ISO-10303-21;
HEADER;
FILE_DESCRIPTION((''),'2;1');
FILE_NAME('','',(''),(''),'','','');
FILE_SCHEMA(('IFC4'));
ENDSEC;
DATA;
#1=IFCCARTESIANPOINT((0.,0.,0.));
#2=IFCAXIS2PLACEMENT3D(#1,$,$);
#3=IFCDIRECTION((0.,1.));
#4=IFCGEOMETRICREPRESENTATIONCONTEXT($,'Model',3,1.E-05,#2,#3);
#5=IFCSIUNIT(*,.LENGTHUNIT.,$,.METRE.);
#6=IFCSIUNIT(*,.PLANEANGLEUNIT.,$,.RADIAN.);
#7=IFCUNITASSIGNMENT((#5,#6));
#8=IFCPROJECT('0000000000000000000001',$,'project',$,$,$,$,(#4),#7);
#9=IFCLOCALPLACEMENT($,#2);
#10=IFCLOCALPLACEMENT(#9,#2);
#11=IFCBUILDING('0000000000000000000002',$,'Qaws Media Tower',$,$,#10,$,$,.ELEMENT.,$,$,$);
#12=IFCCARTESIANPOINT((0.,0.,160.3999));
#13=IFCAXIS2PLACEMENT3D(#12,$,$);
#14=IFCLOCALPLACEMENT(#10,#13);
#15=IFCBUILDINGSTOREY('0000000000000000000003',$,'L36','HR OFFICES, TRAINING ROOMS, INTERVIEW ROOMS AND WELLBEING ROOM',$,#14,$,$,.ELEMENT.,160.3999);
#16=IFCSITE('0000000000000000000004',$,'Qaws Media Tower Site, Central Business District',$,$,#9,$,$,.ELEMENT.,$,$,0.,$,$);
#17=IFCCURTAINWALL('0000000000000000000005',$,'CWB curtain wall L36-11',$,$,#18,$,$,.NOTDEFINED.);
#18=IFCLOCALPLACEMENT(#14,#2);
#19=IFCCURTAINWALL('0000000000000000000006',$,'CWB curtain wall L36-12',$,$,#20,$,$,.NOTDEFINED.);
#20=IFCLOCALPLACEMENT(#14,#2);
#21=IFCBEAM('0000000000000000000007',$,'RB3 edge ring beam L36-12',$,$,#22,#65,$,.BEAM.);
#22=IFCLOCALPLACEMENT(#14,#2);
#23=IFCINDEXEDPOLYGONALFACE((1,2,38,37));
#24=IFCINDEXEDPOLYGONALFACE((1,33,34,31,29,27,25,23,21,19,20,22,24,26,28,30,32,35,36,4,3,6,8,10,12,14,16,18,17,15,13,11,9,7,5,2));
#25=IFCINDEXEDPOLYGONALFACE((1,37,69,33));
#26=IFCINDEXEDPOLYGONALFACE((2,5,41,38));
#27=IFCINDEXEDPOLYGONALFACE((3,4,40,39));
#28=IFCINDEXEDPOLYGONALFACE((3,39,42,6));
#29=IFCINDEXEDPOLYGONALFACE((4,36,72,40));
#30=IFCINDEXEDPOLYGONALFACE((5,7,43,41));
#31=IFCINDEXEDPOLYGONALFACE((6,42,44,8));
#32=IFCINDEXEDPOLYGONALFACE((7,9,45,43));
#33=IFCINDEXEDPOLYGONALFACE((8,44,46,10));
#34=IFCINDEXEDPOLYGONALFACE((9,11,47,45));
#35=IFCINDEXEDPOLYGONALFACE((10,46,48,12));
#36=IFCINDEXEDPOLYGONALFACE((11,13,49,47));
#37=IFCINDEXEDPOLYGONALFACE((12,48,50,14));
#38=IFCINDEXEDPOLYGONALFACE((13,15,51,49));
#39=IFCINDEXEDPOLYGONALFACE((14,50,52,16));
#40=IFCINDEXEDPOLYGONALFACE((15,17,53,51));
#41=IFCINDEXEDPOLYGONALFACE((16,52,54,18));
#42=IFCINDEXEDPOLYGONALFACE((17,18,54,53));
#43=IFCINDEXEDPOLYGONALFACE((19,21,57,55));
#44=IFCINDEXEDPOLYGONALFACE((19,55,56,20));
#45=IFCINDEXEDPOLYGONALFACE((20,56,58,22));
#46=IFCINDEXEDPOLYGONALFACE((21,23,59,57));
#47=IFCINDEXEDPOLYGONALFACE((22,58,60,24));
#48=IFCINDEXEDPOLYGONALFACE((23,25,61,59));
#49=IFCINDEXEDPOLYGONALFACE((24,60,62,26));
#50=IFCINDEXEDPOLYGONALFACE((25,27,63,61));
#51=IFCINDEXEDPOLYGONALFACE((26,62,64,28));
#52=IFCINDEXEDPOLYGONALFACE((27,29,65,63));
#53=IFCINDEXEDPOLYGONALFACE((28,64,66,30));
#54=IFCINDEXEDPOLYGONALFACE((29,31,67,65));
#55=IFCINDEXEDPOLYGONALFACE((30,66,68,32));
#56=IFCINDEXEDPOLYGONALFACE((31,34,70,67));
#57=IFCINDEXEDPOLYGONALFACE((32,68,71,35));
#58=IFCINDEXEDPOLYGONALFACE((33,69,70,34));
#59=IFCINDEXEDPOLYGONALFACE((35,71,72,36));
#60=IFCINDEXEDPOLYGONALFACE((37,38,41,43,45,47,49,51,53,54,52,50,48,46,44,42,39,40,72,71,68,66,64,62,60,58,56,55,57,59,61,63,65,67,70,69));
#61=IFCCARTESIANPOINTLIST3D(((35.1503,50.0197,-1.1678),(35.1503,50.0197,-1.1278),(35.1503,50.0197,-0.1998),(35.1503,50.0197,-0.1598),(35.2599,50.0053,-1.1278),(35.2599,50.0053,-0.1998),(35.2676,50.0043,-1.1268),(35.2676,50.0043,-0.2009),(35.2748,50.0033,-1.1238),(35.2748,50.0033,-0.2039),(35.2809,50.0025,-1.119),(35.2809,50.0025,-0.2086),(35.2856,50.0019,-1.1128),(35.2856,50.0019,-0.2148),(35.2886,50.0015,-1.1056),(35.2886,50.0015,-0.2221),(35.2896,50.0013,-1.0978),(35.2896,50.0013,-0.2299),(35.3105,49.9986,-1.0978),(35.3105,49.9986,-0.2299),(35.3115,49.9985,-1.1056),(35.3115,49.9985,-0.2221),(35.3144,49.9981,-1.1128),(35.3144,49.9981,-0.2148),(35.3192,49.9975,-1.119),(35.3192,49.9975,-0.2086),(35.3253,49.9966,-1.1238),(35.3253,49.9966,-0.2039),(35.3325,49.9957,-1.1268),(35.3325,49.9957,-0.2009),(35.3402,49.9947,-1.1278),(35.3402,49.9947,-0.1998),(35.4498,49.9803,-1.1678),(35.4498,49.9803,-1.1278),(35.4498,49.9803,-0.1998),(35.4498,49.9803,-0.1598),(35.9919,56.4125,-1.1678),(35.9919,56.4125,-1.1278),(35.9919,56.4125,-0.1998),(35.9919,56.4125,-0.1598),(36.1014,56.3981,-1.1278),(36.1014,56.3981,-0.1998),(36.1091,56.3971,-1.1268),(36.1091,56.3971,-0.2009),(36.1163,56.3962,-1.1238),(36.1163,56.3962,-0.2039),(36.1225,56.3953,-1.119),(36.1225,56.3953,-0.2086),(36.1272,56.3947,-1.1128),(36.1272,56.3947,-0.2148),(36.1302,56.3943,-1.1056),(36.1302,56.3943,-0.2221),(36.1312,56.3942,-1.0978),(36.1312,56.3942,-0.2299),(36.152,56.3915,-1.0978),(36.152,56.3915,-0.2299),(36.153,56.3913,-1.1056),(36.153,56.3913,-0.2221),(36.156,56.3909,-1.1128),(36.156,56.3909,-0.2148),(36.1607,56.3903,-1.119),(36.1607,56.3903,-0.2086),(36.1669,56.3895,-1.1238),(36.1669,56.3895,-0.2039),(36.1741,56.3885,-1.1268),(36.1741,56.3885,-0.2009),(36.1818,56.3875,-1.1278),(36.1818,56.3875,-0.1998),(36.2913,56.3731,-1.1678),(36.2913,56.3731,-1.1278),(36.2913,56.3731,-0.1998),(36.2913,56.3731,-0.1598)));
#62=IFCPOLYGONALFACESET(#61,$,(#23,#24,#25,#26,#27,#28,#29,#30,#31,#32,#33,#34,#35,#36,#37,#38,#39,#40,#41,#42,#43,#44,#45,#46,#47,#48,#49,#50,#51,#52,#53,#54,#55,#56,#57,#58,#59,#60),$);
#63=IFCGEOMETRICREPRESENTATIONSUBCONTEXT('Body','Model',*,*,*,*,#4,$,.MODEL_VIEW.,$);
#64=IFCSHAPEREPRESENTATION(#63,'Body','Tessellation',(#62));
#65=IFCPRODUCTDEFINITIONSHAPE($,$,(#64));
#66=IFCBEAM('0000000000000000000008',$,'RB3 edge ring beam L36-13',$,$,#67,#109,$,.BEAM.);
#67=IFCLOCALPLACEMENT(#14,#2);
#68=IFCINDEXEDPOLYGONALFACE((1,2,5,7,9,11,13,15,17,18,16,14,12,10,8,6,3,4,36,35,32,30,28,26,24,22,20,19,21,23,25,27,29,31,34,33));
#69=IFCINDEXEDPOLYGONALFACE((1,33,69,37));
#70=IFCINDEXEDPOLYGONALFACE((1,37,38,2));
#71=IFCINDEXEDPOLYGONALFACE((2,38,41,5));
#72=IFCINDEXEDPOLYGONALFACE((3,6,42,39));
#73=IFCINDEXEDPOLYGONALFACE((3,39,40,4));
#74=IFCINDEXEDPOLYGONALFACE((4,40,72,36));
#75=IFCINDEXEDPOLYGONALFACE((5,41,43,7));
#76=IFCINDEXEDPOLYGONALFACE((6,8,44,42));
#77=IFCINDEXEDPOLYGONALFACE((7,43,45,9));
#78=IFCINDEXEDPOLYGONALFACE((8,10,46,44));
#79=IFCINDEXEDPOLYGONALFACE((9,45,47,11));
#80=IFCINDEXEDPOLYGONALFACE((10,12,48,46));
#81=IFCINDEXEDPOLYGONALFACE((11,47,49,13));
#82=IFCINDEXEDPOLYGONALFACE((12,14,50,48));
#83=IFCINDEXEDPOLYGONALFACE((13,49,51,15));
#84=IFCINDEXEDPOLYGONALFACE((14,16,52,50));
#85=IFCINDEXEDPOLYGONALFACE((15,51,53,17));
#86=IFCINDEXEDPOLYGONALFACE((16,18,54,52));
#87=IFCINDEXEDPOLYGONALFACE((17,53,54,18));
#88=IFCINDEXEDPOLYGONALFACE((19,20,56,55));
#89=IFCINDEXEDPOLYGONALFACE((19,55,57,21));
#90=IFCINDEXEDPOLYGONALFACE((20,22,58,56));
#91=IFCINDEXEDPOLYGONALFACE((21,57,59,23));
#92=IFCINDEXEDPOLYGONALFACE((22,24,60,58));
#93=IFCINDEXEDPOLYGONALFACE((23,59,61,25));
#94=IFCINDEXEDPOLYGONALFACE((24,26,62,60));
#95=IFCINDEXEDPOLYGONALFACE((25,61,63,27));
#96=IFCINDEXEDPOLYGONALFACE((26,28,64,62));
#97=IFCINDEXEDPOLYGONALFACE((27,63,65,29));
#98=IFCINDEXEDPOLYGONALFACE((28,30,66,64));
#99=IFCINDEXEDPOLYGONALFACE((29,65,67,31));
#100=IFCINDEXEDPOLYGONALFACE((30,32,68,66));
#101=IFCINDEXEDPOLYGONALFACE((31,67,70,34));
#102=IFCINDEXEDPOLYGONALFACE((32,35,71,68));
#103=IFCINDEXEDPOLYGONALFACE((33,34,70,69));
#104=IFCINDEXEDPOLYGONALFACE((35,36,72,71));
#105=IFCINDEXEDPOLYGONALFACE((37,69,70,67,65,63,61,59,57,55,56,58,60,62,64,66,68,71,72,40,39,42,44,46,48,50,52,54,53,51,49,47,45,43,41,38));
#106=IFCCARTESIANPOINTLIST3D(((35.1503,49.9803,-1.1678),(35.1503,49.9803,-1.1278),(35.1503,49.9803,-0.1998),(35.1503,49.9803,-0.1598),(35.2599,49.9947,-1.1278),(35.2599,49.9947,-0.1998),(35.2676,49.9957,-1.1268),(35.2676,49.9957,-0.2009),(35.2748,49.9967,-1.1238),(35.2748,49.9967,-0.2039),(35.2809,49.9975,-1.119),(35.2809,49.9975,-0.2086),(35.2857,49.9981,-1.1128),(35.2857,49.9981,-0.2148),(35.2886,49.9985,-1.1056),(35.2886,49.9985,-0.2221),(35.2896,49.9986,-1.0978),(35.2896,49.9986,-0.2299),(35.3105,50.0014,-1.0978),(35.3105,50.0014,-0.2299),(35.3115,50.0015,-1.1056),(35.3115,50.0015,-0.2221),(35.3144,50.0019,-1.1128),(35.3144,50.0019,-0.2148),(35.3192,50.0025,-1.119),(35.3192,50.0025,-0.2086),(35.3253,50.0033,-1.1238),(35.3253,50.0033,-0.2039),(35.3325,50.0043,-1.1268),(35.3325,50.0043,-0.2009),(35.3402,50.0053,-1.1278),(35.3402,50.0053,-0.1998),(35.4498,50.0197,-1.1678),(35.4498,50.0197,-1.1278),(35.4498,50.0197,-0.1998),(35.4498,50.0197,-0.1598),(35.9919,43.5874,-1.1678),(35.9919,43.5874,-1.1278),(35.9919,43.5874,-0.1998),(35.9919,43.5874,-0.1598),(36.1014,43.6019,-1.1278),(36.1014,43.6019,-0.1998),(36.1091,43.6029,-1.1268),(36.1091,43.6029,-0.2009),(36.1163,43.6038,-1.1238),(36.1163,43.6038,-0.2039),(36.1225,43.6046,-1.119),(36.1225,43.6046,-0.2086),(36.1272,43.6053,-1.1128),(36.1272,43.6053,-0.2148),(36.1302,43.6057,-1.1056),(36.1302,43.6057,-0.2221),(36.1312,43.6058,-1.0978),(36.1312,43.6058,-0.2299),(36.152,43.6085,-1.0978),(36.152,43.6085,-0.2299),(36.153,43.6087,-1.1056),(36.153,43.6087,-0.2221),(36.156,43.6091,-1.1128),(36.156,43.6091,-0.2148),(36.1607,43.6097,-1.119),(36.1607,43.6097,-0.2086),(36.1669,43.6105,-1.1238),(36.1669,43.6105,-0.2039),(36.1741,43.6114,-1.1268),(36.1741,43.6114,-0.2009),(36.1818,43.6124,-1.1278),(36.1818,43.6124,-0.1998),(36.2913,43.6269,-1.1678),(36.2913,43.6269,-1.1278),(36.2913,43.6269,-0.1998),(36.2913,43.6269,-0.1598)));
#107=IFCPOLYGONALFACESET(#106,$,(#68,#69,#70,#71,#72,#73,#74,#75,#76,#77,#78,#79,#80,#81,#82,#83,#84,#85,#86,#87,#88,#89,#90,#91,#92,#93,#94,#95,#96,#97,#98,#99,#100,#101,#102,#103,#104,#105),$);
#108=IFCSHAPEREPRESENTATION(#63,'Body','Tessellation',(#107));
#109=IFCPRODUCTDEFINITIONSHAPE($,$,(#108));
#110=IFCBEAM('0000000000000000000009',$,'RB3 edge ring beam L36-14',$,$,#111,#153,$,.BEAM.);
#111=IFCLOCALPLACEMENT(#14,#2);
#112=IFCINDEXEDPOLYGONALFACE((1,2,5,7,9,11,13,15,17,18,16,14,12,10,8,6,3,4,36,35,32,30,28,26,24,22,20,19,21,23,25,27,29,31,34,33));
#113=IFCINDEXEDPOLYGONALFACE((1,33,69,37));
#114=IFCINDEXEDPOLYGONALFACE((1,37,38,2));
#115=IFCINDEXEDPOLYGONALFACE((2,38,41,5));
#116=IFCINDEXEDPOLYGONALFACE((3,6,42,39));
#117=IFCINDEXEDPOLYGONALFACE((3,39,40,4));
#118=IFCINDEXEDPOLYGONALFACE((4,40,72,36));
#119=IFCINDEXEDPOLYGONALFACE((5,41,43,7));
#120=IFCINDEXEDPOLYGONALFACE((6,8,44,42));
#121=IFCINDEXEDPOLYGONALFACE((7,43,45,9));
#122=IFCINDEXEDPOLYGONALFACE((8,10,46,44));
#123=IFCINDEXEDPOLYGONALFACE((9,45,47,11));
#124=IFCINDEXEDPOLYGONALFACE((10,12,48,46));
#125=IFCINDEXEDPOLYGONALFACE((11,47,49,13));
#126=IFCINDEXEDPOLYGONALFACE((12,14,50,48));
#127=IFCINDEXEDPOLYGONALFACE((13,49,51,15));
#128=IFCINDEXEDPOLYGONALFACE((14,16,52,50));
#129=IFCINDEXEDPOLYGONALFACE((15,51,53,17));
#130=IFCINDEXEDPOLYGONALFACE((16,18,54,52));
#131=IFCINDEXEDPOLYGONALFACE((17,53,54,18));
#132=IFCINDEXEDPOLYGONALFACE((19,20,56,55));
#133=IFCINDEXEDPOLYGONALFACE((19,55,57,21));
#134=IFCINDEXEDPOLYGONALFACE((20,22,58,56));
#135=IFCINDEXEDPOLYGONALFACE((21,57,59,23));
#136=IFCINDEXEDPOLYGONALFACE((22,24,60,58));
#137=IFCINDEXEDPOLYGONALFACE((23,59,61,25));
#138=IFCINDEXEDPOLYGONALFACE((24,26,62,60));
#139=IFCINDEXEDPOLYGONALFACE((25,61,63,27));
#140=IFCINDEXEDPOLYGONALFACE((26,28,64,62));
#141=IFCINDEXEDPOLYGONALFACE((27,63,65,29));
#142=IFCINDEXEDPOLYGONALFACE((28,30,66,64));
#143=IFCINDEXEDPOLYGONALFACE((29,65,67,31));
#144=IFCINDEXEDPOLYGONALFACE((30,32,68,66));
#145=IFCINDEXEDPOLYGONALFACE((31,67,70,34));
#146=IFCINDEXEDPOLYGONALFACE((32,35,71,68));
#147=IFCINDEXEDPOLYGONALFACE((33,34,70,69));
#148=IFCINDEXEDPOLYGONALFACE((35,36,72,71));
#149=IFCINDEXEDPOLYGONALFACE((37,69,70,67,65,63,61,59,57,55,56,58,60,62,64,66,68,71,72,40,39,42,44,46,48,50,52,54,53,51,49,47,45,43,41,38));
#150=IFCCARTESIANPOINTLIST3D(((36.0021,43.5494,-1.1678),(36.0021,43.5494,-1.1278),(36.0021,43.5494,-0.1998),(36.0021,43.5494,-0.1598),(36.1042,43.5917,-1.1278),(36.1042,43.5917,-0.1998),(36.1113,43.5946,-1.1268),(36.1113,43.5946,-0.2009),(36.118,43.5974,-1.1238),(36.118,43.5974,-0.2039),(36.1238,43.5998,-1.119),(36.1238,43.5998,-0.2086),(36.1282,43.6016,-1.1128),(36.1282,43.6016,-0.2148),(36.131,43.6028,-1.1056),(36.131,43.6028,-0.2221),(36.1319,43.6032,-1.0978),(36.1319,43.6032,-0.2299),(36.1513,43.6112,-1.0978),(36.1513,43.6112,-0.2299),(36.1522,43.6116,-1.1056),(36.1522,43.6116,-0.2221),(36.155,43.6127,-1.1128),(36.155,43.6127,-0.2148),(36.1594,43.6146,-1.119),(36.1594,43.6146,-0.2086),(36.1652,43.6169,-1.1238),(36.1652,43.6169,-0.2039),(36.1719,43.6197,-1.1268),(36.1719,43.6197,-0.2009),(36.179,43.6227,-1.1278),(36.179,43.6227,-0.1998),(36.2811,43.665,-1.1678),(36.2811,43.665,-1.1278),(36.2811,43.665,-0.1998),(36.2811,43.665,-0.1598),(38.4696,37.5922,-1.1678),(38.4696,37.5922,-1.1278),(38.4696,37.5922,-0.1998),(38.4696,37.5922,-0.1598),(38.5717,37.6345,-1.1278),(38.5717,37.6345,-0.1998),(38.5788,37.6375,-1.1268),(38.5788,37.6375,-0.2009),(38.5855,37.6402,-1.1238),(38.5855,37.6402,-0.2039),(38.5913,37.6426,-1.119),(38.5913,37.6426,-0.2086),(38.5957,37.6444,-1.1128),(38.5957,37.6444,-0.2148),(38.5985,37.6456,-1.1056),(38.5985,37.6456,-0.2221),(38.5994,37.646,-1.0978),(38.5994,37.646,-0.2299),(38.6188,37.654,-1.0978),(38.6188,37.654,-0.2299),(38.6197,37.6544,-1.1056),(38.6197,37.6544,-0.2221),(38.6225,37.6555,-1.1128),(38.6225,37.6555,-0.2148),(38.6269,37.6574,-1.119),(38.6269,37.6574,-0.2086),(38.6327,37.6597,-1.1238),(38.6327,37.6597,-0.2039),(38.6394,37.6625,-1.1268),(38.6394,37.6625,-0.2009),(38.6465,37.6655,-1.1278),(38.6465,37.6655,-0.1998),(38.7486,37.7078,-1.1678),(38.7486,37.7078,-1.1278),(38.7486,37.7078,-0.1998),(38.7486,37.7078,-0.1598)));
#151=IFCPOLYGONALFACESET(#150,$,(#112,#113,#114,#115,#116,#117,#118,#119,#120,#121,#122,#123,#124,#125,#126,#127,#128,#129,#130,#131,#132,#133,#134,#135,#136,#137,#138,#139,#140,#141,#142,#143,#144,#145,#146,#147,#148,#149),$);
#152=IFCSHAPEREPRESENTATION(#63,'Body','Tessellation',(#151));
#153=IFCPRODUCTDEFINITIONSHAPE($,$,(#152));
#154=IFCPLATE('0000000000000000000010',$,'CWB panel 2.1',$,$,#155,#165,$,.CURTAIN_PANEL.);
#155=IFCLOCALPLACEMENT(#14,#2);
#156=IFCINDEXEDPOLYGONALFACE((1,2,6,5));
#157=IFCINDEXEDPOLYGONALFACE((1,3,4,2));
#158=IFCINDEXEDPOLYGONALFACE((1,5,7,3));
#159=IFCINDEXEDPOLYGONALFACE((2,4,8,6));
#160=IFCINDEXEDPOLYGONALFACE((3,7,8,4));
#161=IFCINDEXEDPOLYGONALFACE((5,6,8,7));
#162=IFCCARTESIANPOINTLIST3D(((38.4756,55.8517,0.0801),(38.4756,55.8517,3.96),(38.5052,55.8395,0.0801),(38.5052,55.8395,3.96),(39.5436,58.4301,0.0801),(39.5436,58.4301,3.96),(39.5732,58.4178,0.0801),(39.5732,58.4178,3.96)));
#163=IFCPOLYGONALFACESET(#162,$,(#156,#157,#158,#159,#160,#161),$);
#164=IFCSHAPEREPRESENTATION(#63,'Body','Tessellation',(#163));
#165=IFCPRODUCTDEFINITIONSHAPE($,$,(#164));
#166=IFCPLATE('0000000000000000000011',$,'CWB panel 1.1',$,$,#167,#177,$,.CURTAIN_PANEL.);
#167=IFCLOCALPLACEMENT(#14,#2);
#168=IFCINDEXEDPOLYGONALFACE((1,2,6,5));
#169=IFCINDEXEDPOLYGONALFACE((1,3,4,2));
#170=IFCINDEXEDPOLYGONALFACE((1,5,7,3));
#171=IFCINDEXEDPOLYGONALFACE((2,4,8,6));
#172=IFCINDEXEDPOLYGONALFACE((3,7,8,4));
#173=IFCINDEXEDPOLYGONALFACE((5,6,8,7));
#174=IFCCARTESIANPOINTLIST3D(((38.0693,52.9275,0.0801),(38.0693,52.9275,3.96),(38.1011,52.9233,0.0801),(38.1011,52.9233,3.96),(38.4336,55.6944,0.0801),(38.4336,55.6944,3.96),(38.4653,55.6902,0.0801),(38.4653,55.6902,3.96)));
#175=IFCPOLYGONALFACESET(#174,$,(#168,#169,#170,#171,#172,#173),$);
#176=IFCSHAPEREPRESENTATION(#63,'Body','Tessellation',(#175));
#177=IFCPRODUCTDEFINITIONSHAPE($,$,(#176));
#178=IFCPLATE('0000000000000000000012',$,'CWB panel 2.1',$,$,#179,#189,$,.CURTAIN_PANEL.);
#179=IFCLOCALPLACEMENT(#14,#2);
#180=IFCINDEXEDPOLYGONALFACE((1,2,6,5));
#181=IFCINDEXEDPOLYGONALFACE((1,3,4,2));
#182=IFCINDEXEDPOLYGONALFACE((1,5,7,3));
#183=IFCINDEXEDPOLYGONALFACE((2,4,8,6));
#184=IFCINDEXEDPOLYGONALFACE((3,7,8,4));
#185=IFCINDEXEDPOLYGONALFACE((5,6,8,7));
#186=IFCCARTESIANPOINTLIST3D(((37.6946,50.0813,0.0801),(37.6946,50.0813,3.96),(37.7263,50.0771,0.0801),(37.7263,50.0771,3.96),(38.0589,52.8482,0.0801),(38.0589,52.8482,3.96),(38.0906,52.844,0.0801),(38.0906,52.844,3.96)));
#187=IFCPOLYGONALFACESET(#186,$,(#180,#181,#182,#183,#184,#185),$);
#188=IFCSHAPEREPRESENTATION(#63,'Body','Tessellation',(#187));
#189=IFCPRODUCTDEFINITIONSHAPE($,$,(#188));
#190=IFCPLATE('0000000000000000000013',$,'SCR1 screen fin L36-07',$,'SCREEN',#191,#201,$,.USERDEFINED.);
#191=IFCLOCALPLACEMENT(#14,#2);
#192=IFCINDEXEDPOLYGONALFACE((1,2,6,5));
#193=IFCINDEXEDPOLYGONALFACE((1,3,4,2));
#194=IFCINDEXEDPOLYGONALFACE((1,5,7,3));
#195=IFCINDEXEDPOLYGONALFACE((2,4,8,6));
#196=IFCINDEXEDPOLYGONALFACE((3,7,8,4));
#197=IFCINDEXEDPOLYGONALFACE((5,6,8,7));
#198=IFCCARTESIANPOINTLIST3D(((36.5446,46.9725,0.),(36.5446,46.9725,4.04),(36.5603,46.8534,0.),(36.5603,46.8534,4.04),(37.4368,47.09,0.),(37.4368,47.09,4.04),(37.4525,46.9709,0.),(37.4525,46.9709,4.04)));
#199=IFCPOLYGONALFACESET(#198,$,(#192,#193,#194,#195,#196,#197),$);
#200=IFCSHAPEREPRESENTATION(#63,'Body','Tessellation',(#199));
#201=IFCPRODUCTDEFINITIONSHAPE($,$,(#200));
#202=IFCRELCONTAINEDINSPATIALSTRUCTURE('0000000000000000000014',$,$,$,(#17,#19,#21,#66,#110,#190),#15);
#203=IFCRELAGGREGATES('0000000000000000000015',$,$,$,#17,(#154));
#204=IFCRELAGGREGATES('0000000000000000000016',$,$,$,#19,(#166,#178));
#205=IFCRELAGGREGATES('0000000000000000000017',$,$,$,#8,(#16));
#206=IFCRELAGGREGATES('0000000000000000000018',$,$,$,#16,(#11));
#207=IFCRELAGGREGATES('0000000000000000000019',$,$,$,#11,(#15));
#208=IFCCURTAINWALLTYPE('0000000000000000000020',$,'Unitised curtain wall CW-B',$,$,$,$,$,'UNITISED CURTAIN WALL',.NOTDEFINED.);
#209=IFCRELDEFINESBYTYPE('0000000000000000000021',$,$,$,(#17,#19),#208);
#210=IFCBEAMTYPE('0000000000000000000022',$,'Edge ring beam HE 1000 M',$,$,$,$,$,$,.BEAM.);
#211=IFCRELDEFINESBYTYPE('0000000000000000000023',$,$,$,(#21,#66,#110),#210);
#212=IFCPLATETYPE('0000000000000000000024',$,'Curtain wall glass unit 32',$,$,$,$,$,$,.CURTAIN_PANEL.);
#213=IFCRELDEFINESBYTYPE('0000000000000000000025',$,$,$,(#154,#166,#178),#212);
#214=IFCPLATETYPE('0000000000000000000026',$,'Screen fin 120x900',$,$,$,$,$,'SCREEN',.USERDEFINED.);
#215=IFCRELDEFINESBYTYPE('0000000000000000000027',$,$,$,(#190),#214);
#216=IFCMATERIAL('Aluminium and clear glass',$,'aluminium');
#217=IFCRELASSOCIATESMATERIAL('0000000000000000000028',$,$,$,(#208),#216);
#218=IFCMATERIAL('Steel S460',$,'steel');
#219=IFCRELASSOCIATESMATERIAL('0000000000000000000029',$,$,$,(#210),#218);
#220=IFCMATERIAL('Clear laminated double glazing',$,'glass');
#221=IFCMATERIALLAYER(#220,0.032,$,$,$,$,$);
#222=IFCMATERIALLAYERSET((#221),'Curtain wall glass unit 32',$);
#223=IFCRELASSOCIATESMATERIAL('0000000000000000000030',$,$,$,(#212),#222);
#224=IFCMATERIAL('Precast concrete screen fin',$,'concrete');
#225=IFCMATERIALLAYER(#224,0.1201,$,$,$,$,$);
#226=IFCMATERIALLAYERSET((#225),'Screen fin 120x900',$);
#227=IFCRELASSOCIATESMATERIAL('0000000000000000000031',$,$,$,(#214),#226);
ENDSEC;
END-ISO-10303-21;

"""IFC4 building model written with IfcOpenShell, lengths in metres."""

from ifc_helpers import new_model, si_unit, direction, frame, origin, origin_2d, place, context, subcontext, project, spatial, rectangle, i_section, extrude, material, layer, layer_set, material_profile, profile_set, type_object, element, aggregate, save


model = new_model("IFC4")

# Units and contexts
model_context = context("Model", 3, precision=1e-05, world=origin(), true_north=direction((0.0, 1.0)))
body_context = subcontext(model_context, "Body", "Model", "MODEL_VIEW")
ifc_project = project(units=[si_unit("LENGTHUNIT", "METRE"), si_unit("PLANEANGLEUNIT", "RADIAN")], contexts=[model_context])

# Site, building, storey
site_placement = place(None, origin())
site = spatial("IfcSite", under=ifc_project, at=site_placement, Name="Qaws Media Tower Site, Central Business District", CompositionType="ELEMENT", RefElevation=0.0)
building_placement = place(site_placement, origin())
building = spatial("IfcBuilding", under=site, at=building_placement, Name="Qaws Media Tower", CompositionType="ELEMENT")
storey_placement = place(building_placement, frame((0.0, 0.0, 160.3999)))
storey = spatial("IfcBuildingStorey", under=building, at=storey_placement, Name="L36", Description="HR OFFICES, TRAINING ROOMS, INTERVIEW ROOMS AND WELLBEING ROOM", CompositionType="ELEMENT", Elevation=160.3999)

# Curtain wall
ifc_material_1 = material(Name="Aluminium and clear glass", Category="aluminium")
curtain_wall_type = type_object("IfcCurtainWallType", Name="Unitised curtain wall CW-B", ElementType="UNITISED CURTAIN WALL", PredefinedType="NOTDEFINED", material=ifc_material_1)
curtain_wall_1_placement = place(storey_placement, origin())
curtain_wall_1 = element("IfcCurtainWall", 1, at=curtain_wall_1_placement, inside=storey, type_object=curtain_wall_type, Name="CWB curtain wall L36-11", PredefinedType="NOTDEFINED")

# Curtain wall
curtain_wall_2_placement = place(storey_placement, origin())
curtain_wall_2 = element("IfcCurtainWall", 2, at=curtain_wall_2_placement, inside=storey, type_object=curtain_wall_type, Name="CWB curtain wall L36-12", PredefinedType="NOTDEFINED")

# Beams
ifc_material_2 = material(Name="Steel S460", Category="steel")
ifc_material_profile_1 = material_profile(ifc_material_2, i_section(OverallWidth=0.302, OverallDepth=1.0081, WebThickness=0.021, FlangeThickness=0.04, FilletRadius=0.03, at=origin_2d()), Name="HE 1000 M")
ifc_profile_set_1 = profile_set([ifc_material_profile_1], Name="Steel S460")
beam_type = type_object("IfcBeamType", Name="Edge ring beam HE 1000 M", PredefinedType="BEAM", material=ifc_profile_set_1)
for number, where, z_axis, x_axis, name in (
    (3, (36.1416, 56.3928, -0.6638), (-0.130514, -0.991446, 0.0), (0.991446, -0.130514, 0.0), "RB3 edge ring beam L36-12"),
    (4, (35.3, 50.0, -0.6638), (0.130514, -0.991446, 0.0), (0.991446, 0.130514, 0.0), "RB3 edge ring beam L36-13"),
    (5, (36.1416, 43.6072, -0.6638), (0.382676, -0.923883, 0.0), (0.923883, 0.382676, 0.0), "RB3 edge ring beam L36-14"),
):
    element("IfcBeam", number, at=place(storey_placement, frame(where, z_axis=z_axis, x_axis=x_axis)), inside=storey, type_object=beam_type, Name=name, PredefinedType="BEAM", context=body_context, shape_type="SweptSolid", body=[
        extrude(i_section(OverallWidth=0.302, OverallDepth=1.0081, WebThickness=0.021, FlangeThickness=0.04, FilletRadius=0.03, at=origin_2d()), origin(), (0.0, 0.0, 1.0), 6.448),
    ])

# Plates
ifc_material_3 = material(Name="Clear laminated double glazing", Category="glass")
ifc_layer_1 = layer(ifc_material_3, 0.032)
ifc_layer_set_1 = layer_set([ifc_layer_1], Name="Curtain wall glass unit 32")
plate_type_1 = type_object("IfcPlateType", Name="Curtain wall glass unit 32", PredefinedType="CURTAIN_PANEL", material=ifc_layer_set_1)
plate_1_placement = place(storey_placement, frame((39.0244, 57.1348, 0.0801), z_axis=(0.0, 0.0, 1.0), x_axis=(-0.382683, -0.92388, 0.0)))
plate_1 = element("IfcPlate", 6, at=plate_1_placement, type_object=plate_type_1, Name="CWB panel 2.1", PredefinedType="CURTAIN_PANEL", context=body_context, shape_type="SweptSolid", body=[
    extrude(rectangle(XDim=2.7908, YDim=0.032, at=origin_2d()), origin(), (0.0, 0.0, 1.0), 3.8799),
])
aggregate(curtain_wall_1, [plate_1])
plate_2_placement = place(storey_placement, frame((38.2673, 54.3088, 0.0801), z_axis=(0.0, 0.0, 1.0), x_axis=(-0.130526, -0.991445, 0.0)))
plate_2 = element("IfcPlate", 7, at=plate_2_placement, type_object=plate_type_1, Name="CWB panel 1.1", PredefinedType="CURTAIN_PANEL", context=body_context, shape_type="SweptSolid", body=[
    extrude(rectangle(XDim=2.7908, YDim=0.032, at=origin_2d()), origin(), (0.0, 0.0, 1.0), 3.8799),
])
plate_3_placement = place(storey_placement, frame((37.8926, 51.4626, 0.0801), z_axis=(0.0, 0.0, 1.0), x_axis=(-0.130526, -0.991445, 0.0)))
plate_3 = element("IfcPlate", 8, at=plate_3_placement, type_object=plate_type_1, Name="CWB panel 2.1", PredefinedType="CURTAIN_PANEL", context=body_context, shape_type="SweptSolid", body=[
    extrude(rectangle(XDim=2.7908, YDim=0.032, at=origin_2d()), origin(), (0.0, 0.0, 1.0), 3.8799),
])
aggregate(curtain_wall_2, [plate_2, plate_3])
ifc_material_4 = material(Name="Precast concrete screen fin", Category="concrete")
ifc_layer_2 = layer(ifc_material_4, 0.1201)
ifc_layer_set_2 = layer_set([ifc_layer_2], Name="Screen fin 120x900")
plate_type_2 = type_object("IfcPlateType", Name="Screen fin 120x900", ElementType="SCREEN", PredefinedType="USERDEFINED", material=ifc_layer_set_2)
plate_4_placement = place(storey_placement, frame((36.9985, 46.9717, 0.0), z_axis=(0.0, 0.0, 1.0), x_axis=(-0.991445, -0.130526, 0.0)))
element("IfcPlate", 9, at=plate_4_placement, inside=storey, type_object=plate_type_2, Name="SCR1 screen fin L36-07", ObjectType="SCREEN", PredefinedType="USERDEFINED", context=body_context, shape_type="SweptSolid", body=[
    extrude(rectangle(XDim=0.8999, YDim=0.1201, at=origin_2d()), origin(), (0.0, 0.0, 1.0), 4.04),
])

save(model, "model.ifc")
